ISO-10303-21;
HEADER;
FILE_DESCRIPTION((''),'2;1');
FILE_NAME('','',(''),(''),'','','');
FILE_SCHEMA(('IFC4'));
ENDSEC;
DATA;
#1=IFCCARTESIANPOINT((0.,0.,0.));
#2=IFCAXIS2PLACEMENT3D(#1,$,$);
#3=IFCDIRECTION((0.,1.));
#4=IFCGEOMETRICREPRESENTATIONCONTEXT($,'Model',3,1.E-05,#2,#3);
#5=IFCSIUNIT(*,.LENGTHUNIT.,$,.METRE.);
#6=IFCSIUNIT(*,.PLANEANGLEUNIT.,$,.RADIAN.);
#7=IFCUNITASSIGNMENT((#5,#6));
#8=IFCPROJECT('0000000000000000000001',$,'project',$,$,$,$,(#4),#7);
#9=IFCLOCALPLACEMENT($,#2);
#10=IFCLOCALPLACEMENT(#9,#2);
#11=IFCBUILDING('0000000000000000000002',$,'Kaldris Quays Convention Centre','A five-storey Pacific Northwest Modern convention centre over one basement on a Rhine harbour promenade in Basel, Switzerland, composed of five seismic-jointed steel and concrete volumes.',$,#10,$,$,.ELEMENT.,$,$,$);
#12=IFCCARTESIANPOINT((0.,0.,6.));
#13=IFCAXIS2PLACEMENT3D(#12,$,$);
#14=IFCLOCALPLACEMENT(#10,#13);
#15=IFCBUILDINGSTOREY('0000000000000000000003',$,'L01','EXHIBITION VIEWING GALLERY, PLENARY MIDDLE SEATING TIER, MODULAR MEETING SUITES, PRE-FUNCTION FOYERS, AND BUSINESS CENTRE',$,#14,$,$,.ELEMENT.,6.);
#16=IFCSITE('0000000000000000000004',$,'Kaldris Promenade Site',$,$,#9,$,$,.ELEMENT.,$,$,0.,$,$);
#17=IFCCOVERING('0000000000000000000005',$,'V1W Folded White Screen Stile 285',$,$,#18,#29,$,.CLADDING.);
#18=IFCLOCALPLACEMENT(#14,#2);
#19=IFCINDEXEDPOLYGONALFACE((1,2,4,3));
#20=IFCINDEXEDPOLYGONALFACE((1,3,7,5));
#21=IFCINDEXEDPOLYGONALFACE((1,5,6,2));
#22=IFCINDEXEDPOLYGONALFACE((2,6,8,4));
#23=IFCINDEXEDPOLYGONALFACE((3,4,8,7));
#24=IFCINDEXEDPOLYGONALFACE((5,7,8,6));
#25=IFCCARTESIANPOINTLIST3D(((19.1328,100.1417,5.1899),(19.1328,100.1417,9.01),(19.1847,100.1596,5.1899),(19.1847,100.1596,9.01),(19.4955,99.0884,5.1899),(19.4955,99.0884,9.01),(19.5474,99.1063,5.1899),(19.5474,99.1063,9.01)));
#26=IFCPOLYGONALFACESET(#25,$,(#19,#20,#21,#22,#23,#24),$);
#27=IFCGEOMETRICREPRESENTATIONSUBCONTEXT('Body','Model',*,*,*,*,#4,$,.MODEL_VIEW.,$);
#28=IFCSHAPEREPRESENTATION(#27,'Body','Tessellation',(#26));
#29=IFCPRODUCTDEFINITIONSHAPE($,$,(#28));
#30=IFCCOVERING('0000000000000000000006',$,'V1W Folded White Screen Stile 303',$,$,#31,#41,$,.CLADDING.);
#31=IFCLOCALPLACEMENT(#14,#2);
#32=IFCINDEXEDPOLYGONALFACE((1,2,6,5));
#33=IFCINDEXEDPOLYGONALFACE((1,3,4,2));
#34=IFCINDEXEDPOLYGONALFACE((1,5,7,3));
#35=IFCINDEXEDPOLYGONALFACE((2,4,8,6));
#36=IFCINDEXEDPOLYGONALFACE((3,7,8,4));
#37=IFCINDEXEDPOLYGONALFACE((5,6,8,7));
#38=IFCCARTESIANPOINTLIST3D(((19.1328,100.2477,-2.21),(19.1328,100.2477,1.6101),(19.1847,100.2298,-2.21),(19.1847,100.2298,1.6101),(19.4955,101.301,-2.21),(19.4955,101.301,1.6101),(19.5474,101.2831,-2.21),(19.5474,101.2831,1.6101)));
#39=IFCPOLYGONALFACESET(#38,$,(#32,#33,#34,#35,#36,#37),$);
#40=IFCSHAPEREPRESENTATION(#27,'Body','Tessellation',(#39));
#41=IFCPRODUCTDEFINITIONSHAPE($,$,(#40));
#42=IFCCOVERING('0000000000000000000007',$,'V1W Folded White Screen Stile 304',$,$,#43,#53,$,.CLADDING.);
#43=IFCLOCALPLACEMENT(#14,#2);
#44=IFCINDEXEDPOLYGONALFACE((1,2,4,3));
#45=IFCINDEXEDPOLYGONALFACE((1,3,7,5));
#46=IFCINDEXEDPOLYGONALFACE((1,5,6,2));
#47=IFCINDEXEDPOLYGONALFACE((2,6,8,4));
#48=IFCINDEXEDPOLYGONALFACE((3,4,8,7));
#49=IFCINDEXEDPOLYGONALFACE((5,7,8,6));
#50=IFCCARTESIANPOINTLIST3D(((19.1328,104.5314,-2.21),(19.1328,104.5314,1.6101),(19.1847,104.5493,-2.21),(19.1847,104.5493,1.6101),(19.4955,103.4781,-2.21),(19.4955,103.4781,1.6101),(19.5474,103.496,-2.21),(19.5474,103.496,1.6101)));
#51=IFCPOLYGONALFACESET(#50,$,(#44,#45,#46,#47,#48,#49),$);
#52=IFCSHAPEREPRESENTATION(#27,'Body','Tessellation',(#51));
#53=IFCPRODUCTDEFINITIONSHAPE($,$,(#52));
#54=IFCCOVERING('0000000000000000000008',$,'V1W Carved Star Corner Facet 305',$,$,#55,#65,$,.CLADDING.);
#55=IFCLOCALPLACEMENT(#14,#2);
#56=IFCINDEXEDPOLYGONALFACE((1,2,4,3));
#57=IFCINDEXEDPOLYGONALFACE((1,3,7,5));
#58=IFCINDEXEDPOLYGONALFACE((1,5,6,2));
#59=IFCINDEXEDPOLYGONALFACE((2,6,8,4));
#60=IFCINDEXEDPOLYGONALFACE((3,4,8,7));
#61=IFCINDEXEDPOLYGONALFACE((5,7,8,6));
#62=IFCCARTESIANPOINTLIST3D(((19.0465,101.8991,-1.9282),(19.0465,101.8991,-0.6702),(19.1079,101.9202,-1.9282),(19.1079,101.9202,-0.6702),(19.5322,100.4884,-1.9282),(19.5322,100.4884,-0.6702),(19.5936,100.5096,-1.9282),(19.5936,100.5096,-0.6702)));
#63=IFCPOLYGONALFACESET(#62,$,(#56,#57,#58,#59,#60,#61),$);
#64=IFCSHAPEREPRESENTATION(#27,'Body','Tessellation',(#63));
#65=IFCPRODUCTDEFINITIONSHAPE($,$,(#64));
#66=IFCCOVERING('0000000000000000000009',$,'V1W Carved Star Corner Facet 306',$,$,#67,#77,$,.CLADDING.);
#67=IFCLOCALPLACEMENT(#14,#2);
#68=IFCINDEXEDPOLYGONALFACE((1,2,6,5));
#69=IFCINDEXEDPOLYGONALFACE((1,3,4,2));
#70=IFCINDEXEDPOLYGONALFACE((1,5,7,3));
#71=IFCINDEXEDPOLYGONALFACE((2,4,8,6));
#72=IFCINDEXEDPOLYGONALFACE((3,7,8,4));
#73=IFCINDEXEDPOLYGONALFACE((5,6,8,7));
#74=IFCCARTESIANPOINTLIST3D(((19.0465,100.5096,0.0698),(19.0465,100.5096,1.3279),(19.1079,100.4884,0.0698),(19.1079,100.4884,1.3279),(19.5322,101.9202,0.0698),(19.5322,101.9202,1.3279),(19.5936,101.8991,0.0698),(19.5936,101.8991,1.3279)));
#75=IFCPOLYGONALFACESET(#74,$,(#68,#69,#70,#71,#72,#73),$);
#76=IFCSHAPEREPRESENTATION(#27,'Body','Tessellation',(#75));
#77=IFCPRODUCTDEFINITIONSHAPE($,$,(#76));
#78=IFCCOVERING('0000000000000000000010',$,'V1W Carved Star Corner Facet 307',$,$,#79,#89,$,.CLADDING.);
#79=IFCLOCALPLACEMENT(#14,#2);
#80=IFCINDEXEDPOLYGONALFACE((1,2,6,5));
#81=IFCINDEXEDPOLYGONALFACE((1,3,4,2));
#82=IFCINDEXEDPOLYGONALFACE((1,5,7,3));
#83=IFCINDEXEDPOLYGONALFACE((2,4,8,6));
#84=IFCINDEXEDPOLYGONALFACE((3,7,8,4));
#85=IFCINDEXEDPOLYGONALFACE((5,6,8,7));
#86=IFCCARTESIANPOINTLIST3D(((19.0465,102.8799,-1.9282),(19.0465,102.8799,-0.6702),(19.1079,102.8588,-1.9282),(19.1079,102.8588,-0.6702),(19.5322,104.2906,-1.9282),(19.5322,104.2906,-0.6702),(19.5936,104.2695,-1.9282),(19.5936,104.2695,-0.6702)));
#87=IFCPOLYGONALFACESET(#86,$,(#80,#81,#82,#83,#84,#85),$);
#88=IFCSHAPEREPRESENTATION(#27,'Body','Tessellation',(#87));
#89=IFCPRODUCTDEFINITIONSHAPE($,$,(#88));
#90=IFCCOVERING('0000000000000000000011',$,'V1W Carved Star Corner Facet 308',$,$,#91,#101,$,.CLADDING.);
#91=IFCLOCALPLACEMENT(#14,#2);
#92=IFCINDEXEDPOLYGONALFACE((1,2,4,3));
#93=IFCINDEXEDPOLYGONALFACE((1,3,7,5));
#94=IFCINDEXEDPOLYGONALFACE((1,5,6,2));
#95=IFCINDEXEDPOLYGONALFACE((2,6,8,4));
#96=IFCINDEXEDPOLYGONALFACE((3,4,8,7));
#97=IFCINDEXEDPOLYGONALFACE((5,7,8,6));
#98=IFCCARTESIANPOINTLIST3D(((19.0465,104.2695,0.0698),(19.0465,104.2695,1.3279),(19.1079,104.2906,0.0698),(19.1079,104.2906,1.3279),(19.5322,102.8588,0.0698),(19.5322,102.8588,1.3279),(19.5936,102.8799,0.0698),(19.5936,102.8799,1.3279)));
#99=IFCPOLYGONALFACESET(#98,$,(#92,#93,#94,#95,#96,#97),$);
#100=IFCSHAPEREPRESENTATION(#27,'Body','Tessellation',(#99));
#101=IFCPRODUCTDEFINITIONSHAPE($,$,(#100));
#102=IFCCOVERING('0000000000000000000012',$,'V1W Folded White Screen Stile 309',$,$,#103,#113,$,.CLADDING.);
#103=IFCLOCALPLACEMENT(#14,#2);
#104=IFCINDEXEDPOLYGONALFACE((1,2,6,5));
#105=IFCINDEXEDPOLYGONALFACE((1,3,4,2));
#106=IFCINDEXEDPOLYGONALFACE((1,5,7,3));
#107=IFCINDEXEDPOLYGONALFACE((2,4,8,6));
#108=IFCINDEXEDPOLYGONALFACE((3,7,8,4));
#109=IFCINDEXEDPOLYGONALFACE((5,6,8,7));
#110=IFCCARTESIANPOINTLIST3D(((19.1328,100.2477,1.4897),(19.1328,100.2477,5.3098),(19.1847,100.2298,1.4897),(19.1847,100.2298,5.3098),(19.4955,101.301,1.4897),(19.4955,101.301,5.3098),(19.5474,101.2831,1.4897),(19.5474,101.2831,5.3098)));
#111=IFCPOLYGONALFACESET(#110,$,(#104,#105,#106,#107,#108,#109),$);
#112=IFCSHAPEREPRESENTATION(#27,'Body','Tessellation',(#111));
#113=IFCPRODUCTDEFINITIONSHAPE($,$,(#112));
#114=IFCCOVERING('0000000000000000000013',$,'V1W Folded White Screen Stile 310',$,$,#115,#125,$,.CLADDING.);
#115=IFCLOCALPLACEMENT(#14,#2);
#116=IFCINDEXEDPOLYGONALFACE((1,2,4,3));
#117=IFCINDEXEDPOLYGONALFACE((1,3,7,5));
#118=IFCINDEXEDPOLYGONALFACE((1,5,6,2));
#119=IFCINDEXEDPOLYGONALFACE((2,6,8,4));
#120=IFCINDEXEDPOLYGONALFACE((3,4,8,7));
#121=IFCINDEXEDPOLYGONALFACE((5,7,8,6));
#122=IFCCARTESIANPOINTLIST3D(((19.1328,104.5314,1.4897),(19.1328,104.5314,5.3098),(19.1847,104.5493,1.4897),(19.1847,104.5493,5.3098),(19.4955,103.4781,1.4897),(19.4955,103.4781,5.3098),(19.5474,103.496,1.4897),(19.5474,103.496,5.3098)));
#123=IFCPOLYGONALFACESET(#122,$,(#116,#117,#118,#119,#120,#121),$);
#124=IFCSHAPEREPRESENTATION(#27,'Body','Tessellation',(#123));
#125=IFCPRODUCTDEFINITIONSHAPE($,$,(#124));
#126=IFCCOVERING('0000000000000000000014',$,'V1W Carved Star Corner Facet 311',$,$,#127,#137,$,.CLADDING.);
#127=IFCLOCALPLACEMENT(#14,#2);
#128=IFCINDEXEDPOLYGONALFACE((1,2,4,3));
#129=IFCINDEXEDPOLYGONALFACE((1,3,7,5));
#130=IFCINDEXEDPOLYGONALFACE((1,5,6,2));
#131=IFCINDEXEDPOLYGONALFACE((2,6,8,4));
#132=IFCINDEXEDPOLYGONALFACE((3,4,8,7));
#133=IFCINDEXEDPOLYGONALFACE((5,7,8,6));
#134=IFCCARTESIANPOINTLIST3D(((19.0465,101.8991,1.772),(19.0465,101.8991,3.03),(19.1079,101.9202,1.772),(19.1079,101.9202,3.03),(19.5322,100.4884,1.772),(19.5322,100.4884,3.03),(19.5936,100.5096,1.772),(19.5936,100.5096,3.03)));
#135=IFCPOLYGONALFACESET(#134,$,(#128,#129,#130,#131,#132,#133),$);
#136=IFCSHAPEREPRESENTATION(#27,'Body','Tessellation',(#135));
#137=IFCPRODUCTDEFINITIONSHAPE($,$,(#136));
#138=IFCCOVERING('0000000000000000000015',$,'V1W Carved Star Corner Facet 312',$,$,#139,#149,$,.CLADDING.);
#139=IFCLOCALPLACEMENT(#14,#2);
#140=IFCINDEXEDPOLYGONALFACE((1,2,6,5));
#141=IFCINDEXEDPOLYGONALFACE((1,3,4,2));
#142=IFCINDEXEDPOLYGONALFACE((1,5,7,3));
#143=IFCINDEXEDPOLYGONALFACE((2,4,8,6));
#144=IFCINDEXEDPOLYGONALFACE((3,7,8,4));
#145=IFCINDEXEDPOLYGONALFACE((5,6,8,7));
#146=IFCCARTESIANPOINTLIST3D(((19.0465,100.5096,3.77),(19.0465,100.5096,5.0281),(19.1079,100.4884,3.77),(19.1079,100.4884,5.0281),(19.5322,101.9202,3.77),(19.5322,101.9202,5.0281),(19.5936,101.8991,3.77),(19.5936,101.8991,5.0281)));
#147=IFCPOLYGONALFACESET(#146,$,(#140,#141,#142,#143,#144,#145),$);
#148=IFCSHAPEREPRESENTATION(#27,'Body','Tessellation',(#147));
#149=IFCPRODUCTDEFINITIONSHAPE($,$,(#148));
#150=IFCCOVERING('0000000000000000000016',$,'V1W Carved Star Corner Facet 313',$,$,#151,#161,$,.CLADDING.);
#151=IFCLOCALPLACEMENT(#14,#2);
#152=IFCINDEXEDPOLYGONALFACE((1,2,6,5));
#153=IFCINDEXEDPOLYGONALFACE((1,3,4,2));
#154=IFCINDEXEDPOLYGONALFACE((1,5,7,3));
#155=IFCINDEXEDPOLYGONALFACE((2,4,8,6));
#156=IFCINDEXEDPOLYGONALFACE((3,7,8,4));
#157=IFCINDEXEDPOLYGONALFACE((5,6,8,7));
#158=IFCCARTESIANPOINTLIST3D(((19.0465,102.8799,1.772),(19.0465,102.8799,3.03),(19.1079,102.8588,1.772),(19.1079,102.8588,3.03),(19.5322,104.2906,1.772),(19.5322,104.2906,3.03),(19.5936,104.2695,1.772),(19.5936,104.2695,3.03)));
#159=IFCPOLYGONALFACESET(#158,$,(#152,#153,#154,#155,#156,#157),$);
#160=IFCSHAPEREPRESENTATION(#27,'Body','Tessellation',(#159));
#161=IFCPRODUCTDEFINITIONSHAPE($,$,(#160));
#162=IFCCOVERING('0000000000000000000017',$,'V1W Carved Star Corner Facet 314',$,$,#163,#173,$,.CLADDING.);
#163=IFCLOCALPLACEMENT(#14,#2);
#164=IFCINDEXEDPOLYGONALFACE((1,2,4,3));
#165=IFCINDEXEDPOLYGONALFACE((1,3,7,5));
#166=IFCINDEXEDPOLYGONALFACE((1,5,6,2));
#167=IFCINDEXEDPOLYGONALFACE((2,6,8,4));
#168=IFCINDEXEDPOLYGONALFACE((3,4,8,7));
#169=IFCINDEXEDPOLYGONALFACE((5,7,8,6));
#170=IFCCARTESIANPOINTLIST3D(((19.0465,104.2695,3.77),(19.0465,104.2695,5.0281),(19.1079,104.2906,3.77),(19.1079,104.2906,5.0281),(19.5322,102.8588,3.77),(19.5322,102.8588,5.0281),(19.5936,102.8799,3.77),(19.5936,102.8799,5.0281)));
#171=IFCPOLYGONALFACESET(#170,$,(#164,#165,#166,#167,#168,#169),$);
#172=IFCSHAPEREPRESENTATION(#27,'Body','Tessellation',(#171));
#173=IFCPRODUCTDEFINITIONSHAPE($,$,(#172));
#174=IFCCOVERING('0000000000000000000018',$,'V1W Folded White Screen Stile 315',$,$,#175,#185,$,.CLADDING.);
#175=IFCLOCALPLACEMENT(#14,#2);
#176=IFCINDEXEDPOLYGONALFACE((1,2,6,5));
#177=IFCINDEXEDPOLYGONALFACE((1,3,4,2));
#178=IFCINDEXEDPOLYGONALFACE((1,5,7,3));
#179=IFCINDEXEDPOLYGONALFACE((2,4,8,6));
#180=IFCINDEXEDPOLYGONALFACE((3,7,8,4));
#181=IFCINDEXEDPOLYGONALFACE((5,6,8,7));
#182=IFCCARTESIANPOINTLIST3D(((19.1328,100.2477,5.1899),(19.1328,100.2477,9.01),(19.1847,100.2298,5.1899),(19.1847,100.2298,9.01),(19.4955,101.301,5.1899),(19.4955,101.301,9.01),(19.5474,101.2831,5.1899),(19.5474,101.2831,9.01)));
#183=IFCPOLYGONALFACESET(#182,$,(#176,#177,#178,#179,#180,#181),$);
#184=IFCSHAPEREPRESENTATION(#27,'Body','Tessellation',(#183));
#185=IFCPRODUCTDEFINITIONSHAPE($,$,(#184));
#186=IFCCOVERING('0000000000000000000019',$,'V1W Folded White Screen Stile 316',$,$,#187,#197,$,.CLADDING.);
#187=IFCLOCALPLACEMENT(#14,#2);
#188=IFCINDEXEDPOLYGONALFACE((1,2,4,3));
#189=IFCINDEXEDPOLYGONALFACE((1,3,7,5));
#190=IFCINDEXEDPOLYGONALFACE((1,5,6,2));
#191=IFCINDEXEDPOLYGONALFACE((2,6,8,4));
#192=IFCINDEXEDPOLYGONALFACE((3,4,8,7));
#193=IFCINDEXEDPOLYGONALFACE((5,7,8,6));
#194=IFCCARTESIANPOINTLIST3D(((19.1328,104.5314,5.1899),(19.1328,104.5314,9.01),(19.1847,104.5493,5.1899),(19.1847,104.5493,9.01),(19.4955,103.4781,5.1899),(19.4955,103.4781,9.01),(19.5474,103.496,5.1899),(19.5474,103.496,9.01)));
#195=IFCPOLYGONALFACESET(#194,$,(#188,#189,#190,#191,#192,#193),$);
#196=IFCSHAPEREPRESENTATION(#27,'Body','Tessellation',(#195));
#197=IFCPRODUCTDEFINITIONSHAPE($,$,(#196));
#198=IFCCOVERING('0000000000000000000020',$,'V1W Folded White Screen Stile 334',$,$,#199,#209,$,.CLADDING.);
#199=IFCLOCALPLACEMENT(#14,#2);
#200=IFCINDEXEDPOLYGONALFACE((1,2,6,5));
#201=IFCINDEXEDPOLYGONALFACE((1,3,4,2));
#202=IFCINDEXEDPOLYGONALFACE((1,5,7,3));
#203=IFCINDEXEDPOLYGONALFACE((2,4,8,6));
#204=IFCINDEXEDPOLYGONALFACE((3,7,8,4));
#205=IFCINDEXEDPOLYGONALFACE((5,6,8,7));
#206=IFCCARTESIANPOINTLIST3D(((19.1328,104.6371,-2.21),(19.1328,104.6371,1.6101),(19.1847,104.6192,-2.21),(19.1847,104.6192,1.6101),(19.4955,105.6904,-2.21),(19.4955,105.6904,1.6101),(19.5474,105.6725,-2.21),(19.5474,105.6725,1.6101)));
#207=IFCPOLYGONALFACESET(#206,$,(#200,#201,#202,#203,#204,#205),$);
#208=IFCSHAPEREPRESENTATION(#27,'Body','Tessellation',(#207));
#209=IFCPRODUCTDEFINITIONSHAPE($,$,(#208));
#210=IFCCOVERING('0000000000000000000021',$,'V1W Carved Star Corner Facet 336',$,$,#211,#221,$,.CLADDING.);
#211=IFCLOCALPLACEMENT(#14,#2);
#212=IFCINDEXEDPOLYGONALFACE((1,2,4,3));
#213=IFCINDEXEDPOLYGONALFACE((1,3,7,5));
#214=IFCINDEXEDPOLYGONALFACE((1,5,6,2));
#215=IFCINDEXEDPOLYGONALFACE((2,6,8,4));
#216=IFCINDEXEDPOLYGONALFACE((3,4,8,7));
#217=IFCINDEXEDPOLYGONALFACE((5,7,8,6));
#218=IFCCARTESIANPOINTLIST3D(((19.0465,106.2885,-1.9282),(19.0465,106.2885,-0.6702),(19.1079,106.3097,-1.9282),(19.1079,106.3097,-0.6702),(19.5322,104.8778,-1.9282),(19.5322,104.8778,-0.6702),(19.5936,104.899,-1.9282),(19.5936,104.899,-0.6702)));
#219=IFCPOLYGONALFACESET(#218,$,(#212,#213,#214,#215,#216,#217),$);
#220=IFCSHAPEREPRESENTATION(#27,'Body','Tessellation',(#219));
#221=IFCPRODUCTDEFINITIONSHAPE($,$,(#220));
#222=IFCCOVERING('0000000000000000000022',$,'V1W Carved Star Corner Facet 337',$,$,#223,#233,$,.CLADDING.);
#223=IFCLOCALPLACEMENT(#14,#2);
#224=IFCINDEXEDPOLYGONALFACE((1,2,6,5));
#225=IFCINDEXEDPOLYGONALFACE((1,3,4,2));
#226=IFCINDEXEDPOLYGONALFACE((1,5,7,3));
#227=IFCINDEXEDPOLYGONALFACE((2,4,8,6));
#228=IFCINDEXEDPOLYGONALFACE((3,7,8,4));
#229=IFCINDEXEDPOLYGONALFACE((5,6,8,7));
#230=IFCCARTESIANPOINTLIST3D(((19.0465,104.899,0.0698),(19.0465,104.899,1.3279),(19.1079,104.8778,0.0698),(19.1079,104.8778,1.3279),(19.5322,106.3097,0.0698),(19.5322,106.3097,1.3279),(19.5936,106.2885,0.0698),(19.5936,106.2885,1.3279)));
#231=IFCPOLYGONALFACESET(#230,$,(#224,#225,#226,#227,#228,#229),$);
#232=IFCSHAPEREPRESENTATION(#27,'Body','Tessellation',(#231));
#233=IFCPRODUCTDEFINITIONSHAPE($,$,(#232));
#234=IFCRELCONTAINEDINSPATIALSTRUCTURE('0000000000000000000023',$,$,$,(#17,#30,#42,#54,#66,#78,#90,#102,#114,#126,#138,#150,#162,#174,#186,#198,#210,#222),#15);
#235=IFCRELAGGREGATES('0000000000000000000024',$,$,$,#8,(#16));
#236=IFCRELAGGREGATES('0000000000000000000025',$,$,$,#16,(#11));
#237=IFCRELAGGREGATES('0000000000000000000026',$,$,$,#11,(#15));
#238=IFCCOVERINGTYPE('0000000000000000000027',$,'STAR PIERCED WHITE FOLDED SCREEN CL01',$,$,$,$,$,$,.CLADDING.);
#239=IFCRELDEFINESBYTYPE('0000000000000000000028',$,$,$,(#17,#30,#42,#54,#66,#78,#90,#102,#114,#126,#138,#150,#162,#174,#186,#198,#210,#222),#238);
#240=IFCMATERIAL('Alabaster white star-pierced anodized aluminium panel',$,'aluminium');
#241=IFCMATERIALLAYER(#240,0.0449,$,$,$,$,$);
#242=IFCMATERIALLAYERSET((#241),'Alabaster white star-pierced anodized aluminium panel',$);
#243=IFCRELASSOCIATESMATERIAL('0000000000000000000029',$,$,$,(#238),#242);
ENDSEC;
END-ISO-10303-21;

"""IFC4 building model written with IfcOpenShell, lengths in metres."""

from ifc_helpers import new_model, si_unit, direction, frame, origin, origin_2d, place, context, subcontext, project, spatial, rectangle, extrude, material, layer, layer_set, type_object, element, save


model = new_model("IFC4")

# Units and contexts
model_context = context("Model", 3, precision=1e-05, world=origin(), true_north=direction((0.0, 1.0)))
body_context = subcontext(model_context, "Body", "Model", "MODEL_VIEW")
ifc_project = project(units=[si_unit("LENGTHUNIT", "METRE"), si_unit("PLANEANGLEUNIT", "RADIAN")], contexts=[model_context])

# Site, building, storey
site_placement = place(None, origin())
site = spatial("IfcSite", under=ifc_project, at=site_placement, Name="Kaldris Promenade Site", CompositionType="ELEMENT", RefElevation=0.0)
building_placement = place(site_placement, origin())
building = spatial("IfcBuilding", under=site, at=building_placement, Name="Kaldris Quays Convention Centre", Description="A five-storey Pacific Northwest Modern convention centre over one basement on a Rhine harbour promenade in Basel, Switzerland, composed of five seismic-jointed steel and concrete volumes.", CompositionType="ELEMENT")
storey_placement = place(building_placement, frame((0.0, 0.0, 6.0)))
storey = spatial("IfcBuildingStorey", under=building, at=storey_placement, Name="L01", Description="EXHIBITION VIEWING GALLERY, PLENARY MIDDLE SEATING TIER, MODULAR MEETING SUITES, PRE-FUNCTION FOYERS, AND BUSINESS CENTRE", CompositionType="ELEMENT", Elevation=6.0)

# Coverings
ifc_material_1 = material(Name="Alabaster white star-pierced anodized aluminium panel", Category="aluminium")
ifc_layer = layer(ifc_material_1, 0.0449)
ifc_layer_set = layer_set([ifc_layer], Name="Alabaster white star-pierced anodized aluminium panel")
covering_type = type_object("IfcCoveringType", Name="STAR PIERCED WHITE FOLDED SCREEN CL01", PredefinedType="CLADDING", material=ifc_layer_set)
for number, where, z_axis, x_axis, name in (
    (1, (19.3401, 99.624, 5.1899), (0.0, 0.0, 1.0), (-0.325568, 0.945519, 0.0), "V1W Folded White Screen Stile 285"),
    (2, (19.3401, 100.7654, -2.21), (0.0, 0.0, 1.0), (0.325568, 0.945519, 0.0), "V1W Folded White Screen Stile 303"),
    (3, (19.3401, 104.0137, -2.21), (0.0, 0.0, 1.0), (-0.325568, 0.945519, 0.0), "V1W Folded White Screen Stile 304"),
):
    element("IfcCovering", number, at=place(storey_placement, frame(where, z_axis=z_axis, x_axis=x_axis)), inside=storey, type_object=covering_type, Name=name, PredefinedType="CLADDING", context=body_context, shape_type="SweptSolid", body=[
        extrude(rectangle(XDim=1.114, YDim=0.0549, at=origin_2d()), origin(), (0.0, 0.0, 1.0), 3.8201),
    ])
for number, where, z_axis, x_axis, name in (
    (4, (19.3201, 101.2043, -1.9282), (0.0, 0.0, 1.0), (-0.325568, 0.945519, 0.0), "V1W Carved Star Corner Facet 305"),
    (5, (19.3201, 101.2043, 0.0698), (0.0, 0.0, 1.0), (0.325568, 0.945519, 0.0), "V1W Carved Star Corner Facet 306"),
    (6, (19.3201, 103.5747, -1.9282), (0.0, 0.0, 1.0), (0.325568, 0.945519, 0.0), "V1W Carved Star Corner Facet 307"),
    (7, (19.3201, 103.5747, 0.0698), (0.0, 0.0, 1.0), (-0.325568, 0.945519, 0.0), "V1W Carved Star Corner Facet 308"),
):
    element("IfcCovering", number, at=place(storey_placement, frame(where, z_axis=z_axis, x_axis=x_axis)), inside=storey, type_object=covering_type, Name=name, PredefinedType="CLADDING", context=body_context, shape_type="SweptSolid", body=[
        extrude(rectangle(XDim=1.4919, YDim=0.0649, at=origin_2d()), origin(), (0.0, 0.0, 1.0), 1.2581),
    ])
for number, where, z_axis, x_axis, name in (
    (8, (19.3401, 100.7654, 1.4897), (0.0, 0.0, 1.0), (0.325568, 0.945519, 0.0), "V1W Folded White Screen Stile 309"),
    (9, (19.3401, 104.0137, 1.4897), (0.0, 0.0, 1.0), (-0.325568, 0.945519, 0.0), "V1W Folded White Screen Stile 310"),
):
    element("IfcCovering", number, at=place(storey_placement, frame(where, z_axis=z_axis, x_axis=x_axis)), inside=storey, type_object=covering_type, Name=name, PredefinedType="CLADDING", context=body_context, shape_type="SweptSolid", body=[
        extrude(rectangle(XDim=1.114, YDim=0.0549, at=origin_2d()), origin(), (0.0, 0.0, 1.0), 3.8201),
    ])
for number, where, z_axis, x_axis, name in (
    (10, (19.3201, 101.2043, 1.772), (0.0, 0.0, 1.0), (-0.325568, 0.945519, 0.0), "V1W Carved Star Corner Facet 311"),
    (11, (19.3201, 101.2043, 3.77), (0.0, 0.0, 1.0), (0.325568, 0.945519, 0.0), "V1W Carved Star Corner Facet 312"),
    (12, (19.3201, 103.5747, 1.772), (0.0, 0.0, 1.0), (0.325568, 0.945519, 0.0), "V1W Carved Star Corner Facet 313"),
    (13, (19.3201, 103.5747, 3.77), (0.0, 0.0, 1.0), (-0.325568, 0.945519, 0.0), "V1W Carved Star Corner Facet 314"),
):
    element("IfcCovering", number, at=place(storey_placement, frame(where, z_axis=z_axis, x_axis=x_axis)), inside=storey, type_object=covering_type, Name=name, PredefinedType="CLADDING", context=body_context, shape_type="SweptSolid", body=[
        extrude(rectangle(XDim=1.4919, YDim=0.0649, at=origin_2d()), origin(), (0.0, 0.0, 1.0), 1.2581),
    ])
for number, where, z_axis, x_axis, name in (
    (14, (19.3401, 100.7654, 5.1899), (0.0, 0.0, 1.0), (0.325568, 0.945519, 0.0), "V1W Folded White Screen Stile 315"),
    (15, (19.3401, 104.0137, 5.1899), (0.0, 0.0, 1.0), (-0.325568, 0.945519, 0.0), "V1W Folded White Screen Stile 316"),
    (16, (19.3401, 105.1548, -2.21), (0.0, 0.0, 1.0), (0.325568, 0.945519, 0.0), "V1W Folded White Screen Stile 334"),
):
    element("IfcCovering", number, at=place(storey_placement, frame(where, z_axis=z_axis, x_axis=x_axis)), inside=storey, type_object=covering_type, Name=name, PredefinedType="CLADDING", context=body_context, shape_type="SweptSolid", body=[
        extrude(rectangle(XDim=1.114, YDim=0.0549, at=origin_2d()), origin(), (0.0, 0.0, 1.0), 3.8201),
    ])
for number, where, z_axis, x_axis, name in (
    (17, (19.3201, 105.5938, -1.9282), (0.0, 0.0, 1.0), (-0.325568, 0.945519, 0.0), "V1W Carved Star Corner Facet 336"),
    (18, (19.3201, 105.5938, 0.0698), (0.0, 0.0, 1.0), (0.325568, 0.945519, 0.0), "V1W Carved Star Corner Facet 337"),
):
    element("IfcCovering", number, at=place(storey_placement, frame(where, z_axis=z_axis, x_axis=x_axis)), inside=storey, type_object=covering_type, Name=name, PredefinedType="CLADDING", context=body_context, shape_type="SweptSolid", body=[
        extrude(rectangle(XDim=1.4919, YDim=0.0649, at=origin_2d()), origin(), (0.0, 0.0, 1.0), 1.2581),
    ])

save(model, "model.ifc")
